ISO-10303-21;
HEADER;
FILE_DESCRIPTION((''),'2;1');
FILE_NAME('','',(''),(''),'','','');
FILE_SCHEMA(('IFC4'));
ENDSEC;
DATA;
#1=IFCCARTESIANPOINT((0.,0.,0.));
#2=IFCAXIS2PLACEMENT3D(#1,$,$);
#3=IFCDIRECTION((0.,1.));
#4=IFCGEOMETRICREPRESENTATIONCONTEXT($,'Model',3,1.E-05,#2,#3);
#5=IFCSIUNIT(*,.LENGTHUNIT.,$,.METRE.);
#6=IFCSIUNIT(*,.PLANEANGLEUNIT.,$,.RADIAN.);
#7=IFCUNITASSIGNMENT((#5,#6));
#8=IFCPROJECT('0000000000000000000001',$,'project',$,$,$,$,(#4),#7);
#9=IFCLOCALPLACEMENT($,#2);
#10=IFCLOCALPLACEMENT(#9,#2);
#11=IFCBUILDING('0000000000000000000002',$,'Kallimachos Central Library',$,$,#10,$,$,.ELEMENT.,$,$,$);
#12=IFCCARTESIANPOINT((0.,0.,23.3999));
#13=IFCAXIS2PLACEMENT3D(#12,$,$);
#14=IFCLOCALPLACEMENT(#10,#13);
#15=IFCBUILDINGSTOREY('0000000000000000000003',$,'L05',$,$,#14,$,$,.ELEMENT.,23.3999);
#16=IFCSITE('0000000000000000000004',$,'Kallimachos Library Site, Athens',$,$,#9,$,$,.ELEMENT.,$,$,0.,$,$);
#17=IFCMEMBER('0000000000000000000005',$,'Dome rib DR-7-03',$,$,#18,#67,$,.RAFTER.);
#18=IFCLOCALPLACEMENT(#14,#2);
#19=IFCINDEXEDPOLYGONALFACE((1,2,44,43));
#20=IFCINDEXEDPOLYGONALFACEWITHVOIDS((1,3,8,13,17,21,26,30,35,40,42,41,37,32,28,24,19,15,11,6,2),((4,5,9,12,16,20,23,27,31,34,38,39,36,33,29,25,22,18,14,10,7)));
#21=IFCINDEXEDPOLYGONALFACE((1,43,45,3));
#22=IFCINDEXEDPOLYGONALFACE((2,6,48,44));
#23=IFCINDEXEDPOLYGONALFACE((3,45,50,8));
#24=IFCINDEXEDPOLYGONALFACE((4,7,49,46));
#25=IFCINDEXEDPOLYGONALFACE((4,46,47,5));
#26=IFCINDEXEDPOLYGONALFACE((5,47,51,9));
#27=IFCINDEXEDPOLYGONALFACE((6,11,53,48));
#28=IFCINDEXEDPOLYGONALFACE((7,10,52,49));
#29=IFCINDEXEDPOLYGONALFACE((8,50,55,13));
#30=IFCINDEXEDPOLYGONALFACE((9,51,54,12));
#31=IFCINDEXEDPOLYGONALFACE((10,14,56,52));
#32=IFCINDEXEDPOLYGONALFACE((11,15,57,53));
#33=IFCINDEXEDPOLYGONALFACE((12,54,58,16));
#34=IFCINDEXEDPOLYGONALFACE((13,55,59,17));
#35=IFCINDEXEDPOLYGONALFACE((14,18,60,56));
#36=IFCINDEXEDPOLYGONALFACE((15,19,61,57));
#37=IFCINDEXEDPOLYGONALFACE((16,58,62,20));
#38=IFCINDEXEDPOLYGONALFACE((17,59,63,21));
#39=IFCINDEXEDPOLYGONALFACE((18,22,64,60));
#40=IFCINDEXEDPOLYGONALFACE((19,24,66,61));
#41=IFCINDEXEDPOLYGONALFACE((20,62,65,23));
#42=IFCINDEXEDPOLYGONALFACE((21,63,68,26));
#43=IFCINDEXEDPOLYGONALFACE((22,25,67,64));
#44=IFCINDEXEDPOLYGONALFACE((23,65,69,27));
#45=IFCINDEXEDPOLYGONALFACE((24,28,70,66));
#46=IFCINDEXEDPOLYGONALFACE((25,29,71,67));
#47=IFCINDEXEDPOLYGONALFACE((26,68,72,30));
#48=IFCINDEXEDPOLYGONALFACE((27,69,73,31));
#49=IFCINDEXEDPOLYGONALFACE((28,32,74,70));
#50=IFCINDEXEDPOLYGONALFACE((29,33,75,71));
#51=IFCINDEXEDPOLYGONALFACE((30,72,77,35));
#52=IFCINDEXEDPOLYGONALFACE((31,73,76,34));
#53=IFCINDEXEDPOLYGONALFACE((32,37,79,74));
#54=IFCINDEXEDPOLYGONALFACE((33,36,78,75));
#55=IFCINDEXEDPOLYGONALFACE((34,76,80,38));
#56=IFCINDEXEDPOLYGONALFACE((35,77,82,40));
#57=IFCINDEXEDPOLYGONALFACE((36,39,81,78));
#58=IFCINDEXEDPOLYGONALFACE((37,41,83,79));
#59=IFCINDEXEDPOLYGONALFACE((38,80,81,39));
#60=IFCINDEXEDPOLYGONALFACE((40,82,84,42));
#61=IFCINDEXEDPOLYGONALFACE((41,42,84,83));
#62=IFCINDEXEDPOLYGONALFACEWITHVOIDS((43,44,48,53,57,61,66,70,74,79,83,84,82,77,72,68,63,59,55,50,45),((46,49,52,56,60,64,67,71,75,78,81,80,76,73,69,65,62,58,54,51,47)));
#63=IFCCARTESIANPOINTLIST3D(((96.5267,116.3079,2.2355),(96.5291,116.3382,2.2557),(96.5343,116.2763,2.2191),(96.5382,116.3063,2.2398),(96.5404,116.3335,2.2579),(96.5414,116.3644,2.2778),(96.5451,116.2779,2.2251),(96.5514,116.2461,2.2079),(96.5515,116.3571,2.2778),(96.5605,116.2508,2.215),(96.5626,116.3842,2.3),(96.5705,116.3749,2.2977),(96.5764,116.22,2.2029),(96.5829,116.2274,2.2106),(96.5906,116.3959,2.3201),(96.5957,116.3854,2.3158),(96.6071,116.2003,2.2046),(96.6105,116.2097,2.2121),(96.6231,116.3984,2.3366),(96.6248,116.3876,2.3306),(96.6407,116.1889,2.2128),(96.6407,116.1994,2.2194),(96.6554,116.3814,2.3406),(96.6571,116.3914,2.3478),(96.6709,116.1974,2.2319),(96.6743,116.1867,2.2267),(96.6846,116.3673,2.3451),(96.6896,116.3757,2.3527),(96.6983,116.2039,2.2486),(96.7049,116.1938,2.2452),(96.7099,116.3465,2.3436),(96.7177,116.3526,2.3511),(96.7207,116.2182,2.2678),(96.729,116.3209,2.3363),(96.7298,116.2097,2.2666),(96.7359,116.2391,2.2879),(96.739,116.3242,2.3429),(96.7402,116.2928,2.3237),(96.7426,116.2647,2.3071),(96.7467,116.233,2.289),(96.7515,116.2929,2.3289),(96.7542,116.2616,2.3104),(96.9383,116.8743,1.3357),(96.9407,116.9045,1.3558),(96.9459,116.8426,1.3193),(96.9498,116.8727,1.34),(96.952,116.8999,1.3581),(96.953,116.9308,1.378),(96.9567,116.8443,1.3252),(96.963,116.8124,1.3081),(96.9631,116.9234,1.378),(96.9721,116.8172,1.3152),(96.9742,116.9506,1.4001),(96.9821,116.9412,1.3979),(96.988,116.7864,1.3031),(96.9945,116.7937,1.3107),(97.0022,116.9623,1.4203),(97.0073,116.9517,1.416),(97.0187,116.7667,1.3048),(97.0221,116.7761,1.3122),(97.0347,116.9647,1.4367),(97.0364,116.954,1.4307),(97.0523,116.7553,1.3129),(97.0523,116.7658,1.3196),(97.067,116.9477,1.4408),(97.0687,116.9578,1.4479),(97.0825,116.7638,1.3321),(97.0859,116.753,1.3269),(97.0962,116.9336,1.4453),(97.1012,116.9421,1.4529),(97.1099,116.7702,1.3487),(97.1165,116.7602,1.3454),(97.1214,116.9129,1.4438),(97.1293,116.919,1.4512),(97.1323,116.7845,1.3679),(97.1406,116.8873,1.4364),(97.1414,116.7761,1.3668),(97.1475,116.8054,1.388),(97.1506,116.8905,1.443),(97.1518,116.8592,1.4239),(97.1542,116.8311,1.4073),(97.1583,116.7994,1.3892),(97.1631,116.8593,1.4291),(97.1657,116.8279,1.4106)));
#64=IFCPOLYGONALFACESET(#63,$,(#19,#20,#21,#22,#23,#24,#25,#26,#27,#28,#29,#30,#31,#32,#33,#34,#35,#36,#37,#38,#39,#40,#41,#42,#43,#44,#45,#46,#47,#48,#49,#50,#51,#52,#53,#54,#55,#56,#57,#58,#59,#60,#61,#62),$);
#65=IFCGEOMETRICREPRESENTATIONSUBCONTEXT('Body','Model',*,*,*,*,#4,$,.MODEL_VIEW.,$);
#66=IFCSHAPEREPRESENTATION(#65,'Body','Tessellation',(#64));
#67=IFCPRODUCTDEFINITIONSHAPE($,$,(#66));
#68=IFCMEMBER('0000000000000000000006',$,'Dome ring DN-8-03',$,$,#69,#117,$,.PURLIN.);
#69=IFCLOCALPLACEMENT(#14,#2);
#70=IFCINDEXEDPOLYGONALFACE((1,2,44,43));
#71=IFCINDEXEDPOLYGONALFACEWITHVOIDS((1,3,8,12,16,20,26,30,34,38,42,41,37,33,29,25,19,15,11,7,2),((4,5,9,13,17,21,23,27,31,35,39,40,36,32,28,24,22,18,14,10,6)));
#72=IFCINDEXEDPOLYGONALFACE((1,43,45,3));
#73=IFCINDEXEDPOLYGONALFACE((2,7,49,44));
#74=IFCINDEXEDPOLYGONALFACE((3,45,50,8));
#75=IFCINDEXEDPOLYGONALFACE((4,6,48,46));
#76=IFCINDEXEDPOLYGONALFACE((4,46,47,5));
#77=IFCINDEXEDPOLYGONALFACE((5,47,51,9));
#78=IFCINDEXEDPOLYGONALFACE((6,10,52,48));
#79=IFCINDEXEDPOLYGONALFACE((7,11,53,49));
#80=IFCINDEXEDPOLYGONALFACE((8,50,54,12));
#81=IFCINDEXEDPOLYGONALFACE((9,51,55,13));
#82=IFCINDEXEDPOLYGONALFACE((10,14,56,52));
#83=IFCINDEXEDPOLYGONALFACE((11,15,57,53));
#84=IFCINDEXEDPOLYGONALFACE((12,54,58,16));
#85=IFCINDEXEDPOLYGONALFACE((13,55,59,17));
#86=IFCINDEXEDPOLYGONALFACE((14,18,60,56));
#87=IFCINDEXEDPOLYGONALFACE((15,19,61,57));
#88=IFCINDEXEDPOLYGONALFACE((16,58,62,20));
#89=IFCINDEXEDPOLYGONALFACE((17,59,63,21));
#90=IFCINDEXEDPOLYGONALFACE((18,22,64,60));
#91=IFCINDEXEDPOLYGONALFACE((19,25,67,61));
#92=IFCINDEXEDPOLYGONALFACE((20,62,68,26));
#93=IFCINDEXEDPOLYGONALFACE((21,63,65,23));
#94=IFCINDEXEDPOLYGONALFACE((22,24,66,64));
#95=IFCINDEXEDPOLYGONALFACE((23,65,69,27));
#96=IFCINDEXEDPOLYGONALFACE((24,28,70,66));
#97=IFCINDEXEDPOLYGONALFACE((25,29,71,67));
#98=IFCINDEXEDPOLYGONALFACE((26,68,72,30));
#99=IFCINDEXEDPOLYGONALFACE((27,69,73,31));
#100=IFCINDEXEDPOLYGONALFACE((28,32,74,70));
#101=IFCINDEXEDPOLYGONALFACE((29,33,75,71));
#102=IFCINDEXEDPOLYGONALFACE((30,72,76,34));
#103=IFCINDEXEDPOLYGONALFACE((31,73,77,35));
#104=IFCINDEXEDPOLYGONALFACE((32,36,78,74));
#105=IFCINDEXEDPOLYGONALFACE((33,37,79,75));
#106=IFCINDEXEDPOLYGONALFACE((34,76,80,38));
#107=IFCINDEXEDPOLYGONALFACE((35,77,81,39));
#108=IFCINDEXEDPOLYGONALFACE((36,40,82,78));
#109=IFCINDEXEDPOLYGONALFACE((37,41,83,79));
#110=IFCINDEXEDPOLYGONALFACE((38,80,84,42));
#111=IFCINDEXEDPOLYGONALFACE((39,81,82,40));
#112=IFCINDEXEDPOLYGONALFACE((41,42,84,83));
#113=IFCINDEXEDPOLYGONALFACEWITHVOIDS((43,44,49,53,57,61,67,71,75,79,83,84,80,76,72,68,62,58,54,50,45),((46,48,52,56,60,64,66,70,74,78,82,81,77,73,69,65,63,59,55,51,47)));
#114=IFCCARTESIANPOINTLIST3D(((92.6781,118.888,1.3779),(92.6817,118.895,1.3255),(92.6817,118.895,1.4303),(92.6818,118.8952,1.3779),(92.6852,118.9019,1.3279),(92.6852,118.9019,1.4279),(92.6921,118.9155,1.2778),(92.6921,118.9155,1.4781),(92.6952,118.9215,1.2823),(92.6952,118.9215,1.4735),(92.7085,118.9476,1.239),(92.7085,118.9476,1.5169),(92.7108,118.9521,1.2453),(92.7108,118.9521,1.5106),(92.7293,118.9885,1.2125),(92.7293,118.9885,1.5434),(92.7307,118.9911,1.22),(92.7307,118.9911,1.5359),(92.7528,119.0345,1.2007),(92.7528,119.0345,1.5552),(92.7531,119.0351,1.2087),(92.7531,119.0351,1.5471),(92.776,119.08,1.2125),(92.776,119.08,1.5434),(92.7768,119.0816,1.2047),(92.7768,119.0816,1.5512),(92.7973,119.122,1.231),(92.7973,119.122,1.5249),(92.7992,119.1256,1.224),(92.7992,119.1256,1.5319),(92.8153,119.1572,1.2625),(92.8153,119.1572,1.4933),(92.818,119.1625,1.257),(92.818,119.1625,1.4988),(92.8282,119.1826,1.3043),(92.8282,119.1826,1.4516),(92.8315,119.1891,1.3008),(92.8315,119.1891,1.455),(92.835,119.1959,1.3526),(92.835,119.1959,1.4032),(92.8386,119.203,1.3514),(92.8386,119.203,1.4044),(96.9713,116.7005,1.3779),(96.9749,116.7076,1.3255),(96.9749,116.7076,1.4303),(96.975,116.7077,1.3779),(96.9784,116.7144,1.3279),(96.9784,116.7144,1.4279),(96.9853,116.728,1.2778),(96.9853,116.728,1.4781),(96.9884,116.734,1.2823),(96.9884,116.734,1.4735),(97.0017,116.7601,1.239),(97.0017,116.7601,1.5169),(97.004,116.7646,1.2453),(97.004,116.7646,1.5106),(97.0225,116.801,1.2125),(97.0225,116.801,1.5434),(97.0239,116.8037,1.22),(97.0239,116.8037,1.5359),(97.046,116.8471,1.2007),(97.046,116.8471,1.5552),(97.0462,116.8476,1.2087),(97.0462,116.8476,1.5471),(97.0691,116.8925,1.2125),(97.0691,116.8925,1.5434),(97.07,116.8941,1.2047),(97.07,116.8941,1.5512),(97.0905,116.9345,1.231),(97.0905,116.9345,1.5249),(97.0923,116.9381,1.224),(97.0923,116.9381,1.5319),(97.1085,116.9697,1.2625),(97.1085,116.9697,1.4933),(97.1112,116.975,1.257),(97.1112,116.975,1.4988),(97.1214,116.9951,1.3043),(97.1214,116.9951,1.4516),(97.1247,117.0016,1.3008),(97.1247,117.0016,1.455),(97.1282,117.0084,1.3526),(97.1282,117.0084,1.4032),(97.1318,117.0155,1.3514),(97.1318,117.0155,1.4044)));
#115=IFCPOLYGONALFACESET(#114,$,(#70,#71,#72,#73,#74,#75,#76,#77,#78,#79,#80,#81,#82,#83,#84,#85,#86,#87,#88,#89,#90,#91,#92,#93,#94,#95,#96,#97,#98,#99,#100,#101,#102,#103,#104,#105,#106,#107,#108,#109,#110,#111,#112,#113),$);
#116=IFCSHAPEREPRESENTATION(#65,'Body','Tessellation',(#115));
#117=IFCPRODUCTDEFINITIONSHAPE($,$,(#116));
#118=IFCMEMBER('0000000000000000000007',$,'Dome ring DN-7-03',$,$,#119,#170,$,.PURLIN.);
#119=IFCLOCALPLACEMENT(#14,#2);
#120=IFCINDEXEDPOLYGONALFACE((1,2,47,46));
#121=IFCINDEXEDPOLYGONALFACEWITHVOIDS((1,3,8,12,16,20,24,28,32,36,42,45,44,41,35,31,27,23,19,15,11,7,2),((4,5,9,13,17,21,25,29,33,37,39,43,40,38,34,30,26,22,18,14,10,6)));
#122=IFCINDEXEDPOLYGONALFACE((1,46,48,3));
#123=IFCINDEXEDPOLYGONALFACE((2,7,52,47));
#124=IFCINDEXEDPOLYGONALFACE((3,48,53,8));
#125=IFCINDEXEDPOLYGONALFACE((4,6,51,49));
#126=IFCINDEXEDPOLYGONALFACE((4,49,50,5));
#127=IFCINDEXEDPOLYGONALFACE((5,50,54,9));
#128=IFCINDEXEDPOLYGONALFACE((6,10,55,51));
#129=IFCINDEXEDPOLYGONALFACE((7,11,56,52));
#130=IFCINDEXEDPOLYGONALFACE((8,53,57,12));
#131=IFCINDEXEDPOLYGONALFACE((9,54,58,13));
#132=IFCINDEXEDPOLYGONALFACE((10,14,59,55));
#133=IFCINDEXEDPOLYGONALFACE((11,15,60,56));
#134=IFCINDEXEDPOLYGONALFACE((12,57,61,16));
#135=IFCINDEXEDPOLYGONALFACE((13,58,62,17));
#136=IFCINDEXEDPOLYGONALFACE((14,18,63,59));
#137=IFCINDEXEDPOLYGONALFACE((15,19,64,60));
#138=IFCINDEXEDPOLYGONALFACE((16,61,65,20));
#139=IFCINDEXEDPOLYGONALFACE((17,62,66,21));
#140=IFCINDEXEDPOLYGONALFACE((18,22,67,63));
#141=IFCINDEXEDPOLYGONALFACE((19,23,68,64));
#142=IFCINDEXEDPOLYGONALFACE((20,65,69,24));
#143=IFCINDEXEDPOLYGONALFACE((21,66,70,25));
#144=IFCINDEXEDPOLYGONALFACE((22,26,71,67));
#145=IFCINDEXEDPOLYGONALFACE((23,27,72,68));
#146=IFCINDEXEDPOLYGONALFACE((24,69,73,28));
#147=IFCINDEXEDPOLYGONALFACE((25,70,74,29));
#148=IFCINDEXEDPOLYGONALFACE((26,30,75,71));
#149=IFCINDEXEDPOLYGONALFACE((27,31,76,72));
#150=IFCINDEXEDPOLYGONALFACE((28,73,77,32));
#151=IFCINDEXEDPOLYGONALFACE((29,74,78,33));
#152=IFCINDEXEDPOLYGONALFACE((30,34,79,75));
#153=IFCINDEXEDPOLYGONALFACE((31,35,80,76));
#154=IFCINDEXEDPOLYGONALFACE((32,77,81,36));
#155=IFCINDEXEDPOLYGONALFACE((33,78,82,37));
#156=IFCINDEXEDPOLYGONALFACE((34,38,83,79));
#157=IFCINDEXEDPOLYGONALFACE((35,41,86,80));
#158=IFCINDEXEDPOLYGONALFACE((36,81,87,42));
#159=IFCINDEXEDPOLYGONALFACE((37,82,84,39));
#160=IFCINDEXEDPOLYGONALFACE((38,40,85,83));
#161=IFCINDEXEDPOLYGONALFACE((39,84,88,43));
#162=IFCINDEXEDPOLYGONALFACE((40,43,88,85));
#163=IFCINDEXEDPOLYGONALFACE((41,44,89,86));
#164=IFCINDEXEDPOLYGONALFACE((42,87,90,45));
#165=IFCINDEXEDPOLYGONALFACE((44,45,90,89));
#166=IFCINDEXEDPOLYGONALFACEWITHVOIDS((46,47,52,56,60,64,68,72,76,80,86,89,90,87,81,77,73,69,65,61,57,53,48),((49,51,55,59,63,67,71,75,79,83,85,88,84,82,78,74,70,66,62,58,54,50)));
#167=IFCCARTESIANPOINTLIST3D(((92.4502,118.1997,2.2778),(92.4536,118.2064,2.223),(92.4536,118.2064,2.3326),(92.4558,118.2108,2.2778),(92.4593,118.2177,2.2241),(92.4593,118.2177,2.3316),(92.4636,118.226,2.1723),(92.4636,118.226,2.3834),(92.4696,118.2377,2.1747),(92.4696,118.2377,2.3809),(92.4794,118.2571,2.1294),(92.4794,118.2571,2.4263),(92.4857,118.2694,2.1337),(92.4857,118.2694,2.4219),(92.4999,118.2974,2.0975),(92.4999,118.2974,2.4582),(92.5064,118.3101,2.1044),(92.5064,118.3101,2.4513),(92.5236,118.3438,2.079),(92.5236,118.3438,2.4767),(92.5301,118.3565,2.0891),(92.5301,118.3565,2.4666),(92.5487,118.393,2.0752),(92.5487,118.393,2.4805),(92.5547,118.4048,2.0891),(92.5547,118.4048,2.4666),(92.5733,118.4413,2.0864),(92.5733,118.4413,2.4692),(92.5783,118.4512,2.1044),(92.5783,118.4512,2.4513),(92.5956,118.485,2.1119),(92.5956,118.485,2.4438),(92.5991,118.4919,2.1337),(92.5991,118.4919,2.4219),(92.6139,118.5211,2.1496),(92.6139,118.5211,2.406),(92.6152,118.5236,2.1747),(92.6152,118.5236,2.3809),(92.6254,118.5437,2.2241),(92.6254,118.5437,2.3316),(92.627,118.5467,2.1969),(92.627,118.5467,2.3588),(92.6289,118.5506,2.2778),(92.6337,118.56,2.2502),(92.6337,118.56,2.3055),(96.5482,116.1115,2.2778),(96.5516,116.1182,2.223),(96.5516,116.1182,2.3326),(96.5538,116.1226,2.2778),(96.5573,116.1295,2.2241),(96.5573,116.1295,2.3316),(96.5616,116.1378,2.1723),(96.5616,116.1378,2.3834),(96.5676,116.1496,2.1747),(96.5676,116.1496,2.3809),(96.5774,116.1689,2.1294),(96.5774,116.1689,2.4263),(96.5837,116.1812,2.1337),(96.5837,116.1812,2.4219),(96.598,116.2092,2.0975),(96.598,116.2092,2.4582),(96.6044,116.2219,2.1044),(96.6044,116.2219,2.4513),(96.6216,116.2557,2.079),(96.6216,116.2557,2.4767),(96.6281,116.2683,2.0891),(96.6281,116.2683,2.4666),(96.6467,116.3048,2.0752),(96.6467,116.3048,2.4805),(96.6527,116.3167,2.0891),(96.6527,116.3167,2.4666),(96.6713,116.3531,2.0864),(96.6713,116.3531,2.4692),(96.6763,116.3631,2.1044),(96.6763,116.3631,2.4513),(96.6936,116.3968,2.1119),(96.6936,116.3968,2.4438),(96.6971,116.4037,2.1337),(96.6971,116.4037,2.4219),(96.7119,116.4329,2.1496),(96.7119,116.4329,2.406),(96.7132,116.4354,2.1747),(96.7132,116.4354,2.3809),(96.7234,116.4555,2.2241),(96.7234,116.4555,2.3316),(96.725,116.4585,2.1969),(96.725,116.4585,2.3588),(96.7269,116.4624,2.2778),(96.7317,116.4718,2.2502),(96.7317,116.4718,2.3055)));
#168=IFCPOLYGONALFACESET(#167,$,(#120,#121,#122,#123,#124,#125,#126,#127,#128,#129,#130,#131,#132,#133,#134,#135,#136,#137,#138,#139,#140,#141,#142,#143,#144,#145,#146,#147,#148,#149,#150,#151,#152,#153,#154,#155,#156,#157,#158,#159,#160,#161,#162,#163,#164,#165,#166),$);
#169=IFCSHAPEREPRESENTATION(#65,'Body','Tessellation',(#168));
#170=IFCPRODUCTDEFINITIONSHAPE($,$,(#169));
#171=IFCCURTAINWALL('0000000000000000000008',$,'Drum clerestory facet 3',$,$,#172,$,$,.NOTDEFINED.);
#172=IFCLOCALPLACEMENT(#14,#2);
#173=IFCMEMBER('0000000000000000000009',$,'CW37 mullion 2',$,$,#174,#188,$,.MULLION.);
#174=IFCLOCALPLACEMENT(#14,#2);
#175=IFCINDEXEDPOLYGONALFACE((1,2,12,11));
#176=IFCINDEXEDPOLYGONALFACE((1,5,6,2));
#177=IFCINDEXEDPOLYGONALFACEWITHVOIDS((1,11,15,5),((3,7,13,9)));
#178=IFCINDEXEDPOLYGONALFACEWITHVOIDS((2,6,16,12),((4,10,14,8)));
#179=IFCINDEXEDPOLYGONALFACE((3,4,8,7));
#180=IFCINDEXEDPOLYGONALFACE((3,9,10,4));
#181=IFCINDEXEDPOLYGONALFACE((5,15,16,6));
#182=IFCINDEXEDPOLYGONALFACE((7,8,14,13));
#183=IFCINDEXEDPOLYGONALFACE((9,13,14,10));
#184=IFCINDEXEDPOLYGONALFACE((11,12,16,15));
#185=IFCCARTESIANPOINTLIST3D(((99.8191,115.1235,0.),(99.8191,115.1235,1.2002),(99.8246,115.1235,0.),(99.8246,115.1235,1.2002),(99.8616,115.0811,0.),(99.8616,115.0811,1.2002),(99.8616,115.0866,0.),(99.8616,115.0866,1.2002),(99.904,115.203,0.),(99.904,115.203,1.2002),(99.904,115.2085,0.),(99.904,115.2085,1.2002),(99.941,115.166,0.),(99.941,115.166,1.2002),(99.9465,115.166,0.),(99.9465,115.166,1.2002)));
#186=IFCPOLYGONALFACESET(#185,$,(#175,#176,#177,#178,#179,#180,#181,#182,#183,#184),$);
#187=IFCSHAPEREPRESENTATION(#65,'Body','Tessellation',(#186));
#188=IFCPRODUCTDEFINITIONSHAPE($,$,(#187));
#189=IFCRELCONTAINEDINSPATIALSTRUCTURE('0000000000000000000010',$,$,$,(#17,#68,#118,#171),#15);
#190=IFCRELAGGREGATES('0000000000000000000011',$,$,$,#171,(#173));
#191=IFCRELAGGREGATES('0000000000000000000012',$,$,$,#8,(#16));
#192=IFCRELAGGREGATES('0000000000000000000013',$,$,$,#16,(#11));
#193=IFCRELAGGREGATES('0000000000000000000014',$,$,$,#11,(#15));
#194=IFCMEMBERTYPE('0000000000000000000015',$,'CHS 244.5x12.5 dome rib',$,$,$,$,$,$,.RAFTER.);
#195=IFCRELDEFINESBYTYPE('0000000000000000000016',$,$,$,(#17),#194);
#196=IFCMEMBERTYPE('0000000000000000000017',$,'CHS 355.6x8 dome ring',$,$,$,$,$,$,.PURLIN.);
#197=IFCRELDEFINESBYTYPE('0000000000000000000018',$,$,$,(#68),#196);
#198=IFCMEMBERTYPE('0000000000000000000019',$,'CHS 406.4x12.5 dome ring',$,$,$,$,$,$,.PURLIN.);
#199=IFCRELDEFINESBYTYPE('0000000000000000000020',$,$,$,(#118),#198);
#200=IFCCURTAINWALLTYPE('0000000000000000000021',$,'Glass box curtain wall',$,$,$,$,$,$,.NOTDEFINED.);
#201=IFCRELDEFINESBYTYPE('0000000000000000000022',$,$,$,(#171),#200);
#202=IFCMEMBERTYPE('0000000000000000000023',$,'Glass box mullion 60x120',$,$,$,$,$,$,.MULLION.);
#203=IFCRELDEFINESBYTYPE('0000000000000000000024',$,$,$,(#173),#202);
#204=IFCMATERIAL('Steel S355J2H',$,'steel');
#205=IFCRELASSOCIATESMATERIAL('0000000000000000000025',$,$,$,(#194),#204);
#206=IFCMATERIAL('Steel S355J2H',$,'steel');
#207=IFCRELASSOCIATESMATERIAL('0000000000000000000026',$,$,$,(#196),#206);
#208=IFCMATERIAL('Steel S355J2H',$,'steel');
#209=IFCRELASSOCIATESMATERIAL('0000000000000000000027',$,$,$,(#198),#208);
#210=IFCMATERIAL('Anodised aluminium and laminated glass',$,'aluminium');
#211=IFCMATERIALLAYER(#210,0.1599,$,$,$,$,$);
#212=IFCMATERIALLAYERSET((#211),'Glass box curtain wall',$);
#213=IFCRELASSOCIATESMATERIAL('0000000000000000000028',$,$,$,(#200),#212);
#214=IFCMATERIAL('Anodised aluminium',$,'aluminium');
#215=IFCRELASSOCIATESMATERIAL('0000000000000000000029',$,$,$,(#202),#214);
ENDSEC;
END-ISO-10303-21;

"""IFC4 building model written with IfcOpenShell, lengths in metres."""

from ifc_helpers import new_model, si_unit, direction, frame, origin, origin_2d, place, context, subcontext, project, spatial, hollow_rectangle, hollow_circle, extrude, material, layer, layer_set, material_profile, profile_set, type_object, element, aggregate, save


model = new_model("IFC4")

# Units and contexts
model_context = context("Model", 3, precision=1e-05, world=origin(), true_north=direction((0.0, 1.0)))
body_context = subcontext(model_context, "Body", "Model", "MODEL_VIEW")
ifc_project = project(units=[si_unit("LENGTHUNIT", "METRE"), si_unit("PLANEANGLEUNIT", "RADIAN")], contexts=[model_context])

# Site, building, storey
site_placement = place(None, origin())
site = spatial("IfcSite", under=ifc_project, at=site_placement, Name="Kallimachos Library Site, Athens", CompositionType="ELEMENT", RefElevation=0.0)
building_placement = place(site_placement, origin())
building = spatial("IfcBuilding", under=site, at=building_placement, Name="Kallimachos Central Library", CompositionType="ELEMENT")
storey_placement = place(building_placement, frame((0.0, 0.0, 23.3999)))
storey = spatial("IfcBuildingStorey", under=building, at=storey_placement, Name="L05", CompositionType="ELEMENT", Elevation=23.3999)

# Members
ifc_material_1 = material(Name="Steel S355J2H", Category="steel")
ifc_material_profile_1 = material_profile(ifc_material_1, hollow_circle(Radius=0.1223, WallThickness=0.0125, at=origin_2d()), Name="CHS 244.5x12.5")
ifc_profile_set_1 = profile_set([ifc_material_profile_1], Name="Steel S355J2H")
member_type_1 = type_object("IfcMemberType", Name="CHS 244.5x12.5 dome rib", PredefinedType="RAFTER", material=ifc_profile_set_1)
member_1_placement = place(storey_placement, frame((96.6404, 116.2925, 2.2778), z_axis=(0.361006, 0.496757, -0.789245), x_axis=(-0.808947, 0.587881, 0.0)))
element("IfcMember", 1, at=member_1_placement, inside=storey, type_object=member_type_1, Name="Dome rib DR-7-03", PredefinedType="RAFTER", context=body_context, shape_type="SweptSolid", body=[
    extrude(hollow_circle(Radius=0.1223, WallThickness=0.0125, at=origin_2d()), origin(), (0.0, 0.0, 1.0), 1.1401),
])
ifc_material_2 = material(Name="Steel S355J2H", Category="steel")
ifc_material_profile_2 = material_profile(ifc_material_2, hollow_circle(Radius=0.1777, WallThickness=0.0081, at=origin_2d()), Name="CHS 355.6x8")
ifc_profile_set_2 = profile_set([ifc_material_profile_2], Name="Steel S355J2H")
member_type_2 = type_object("IfcMemberType", Name="CHS 355.6x8 dome ring", PredefinedType="PURLIN", material=ifc_profile_set_2)
member_2_placement = place(storey_placement, frame((97.052, 116.8589, 1.3779), z_axis=(-0.891007, 0.45399, 0.0), x_axis=(-0.45399, -0.891007, 0.0)))
element("IfcMember", 2, at=member_2_placement, inside=storey, type_object=member_type_2, Name="Dome ring DN-8-03", PredefinedType="PURLIN", context=body_context, shape_type="SweptSolid", body=[
    extrude(hollow_circle(Radius=0.1777, WallThickness=0.0081, at=origin_2d()), origin(), (0.0, 0.0, 1.0), 4.8184),
])
ifc_material_3 = material(Name="Steel S355J2H", Category="steel")
ifc_material_profile_3 = material_profile(ifc_material_3, hollow_circle(Radius=0.2031, WallThickness=0.0125, at=origin_2d()), Name="CHS 406.4x12.5")
ifc_profile_set_3 = profile_set([ifc_material_profile_3], Name="Steel S355J2H")
member_type_3 = type_object("IfcMemberType", Name="CHS 406.4x12.5 dome ring", PredefinedType="PURLIN", material=ifc_profile_set_3)
member_3_placement = place(storey_placement, frame((96.6404, 116.2925, 2.2778), z_axis=(-0.890993, 0.454016, 0.0), x_axis=(-0.454016, -0.890993, 0.0)))
element("IfcMember", 3, at=member_3_placement, inside=storey, type_object=member_type_3, Name="Dome ring DN-7-03", PredefinedType="PURLIN", context=body_context, shape_type="SweptSolid", body=[
    extrude(hollow_circle(Radius=0.2031, WallThickness=0.0125, at=origin_2d()), origin(), (0.0, 0.0, 1.0), 4.5994),
])

# Curtain wall, member
ifc_material_4 = material(Name="Anodised aluminium and laminated glass", Category="aluminium")
ifc_layer_1 = layer(ifc_material_4, 0.1599)
ifc_layer_set_1 = layer_set([ifc_layer_1], Name="Glass box curtain wall")
curtain_wall_type = type_object("IfcCurtainWallType", Name="Glass box curtain wall", PredefinedType="NOTDEFINED", material=ifc_layer_set_1)
curtain_wall_1_placement = place(storey_placement, origin())
curtain_wall_1 = element("IfcCurtainWall", 4, at=curtain_wall_1_placement, inside=storey, type_object=curtain_wall_type, Name="Drum clerestory facet 3", PredefinedType="NOTDEFINED")
ifc_material_5 = material(Name="Anodised aluminium", Category="aluminium")
ifc_material_profile_4 = material_profile(ifc_material_5, hollow_rectangle(XDim=0.0601, YDim=0.1201, WallThickness=0.0039, at=origin_2d()), Name="ALU MULLION 60x120")
ifc_profile_set_4 = profile_set([ifc_material_profile_4], Name="Anodised aluminium")
member_type_4 = type_object("IfcMemberType", Name="Glass box mullion 60x120", PredefinedType="MULLION", material=ifc_profile_set_4)
member_4_placement = place(storey_placement, frame((99.8828, 115.1448, 0.0), z_axis=(0.0, 0.0, 1.0), x_axis=(-0.707107, 0.707107, 0.0)))
member_4 = element("IfcMember", 5, at=member_4_placement, type_object=member_type_4, Name="CW37 mullion 2", PredefinedType="MULLION", context=body_context, shape_type="SweptSolid", body=[
    extrude(hollow_rectangle(XDim=0.0601, YDim=0.1201, WallThickness=0.0039, at=origin_2d()), origin(), (0.0, 0.0, 1.0), 1.2002),
])

aggregate(curtain_wall_1, [member_4])

save(model, "model.ifc")
